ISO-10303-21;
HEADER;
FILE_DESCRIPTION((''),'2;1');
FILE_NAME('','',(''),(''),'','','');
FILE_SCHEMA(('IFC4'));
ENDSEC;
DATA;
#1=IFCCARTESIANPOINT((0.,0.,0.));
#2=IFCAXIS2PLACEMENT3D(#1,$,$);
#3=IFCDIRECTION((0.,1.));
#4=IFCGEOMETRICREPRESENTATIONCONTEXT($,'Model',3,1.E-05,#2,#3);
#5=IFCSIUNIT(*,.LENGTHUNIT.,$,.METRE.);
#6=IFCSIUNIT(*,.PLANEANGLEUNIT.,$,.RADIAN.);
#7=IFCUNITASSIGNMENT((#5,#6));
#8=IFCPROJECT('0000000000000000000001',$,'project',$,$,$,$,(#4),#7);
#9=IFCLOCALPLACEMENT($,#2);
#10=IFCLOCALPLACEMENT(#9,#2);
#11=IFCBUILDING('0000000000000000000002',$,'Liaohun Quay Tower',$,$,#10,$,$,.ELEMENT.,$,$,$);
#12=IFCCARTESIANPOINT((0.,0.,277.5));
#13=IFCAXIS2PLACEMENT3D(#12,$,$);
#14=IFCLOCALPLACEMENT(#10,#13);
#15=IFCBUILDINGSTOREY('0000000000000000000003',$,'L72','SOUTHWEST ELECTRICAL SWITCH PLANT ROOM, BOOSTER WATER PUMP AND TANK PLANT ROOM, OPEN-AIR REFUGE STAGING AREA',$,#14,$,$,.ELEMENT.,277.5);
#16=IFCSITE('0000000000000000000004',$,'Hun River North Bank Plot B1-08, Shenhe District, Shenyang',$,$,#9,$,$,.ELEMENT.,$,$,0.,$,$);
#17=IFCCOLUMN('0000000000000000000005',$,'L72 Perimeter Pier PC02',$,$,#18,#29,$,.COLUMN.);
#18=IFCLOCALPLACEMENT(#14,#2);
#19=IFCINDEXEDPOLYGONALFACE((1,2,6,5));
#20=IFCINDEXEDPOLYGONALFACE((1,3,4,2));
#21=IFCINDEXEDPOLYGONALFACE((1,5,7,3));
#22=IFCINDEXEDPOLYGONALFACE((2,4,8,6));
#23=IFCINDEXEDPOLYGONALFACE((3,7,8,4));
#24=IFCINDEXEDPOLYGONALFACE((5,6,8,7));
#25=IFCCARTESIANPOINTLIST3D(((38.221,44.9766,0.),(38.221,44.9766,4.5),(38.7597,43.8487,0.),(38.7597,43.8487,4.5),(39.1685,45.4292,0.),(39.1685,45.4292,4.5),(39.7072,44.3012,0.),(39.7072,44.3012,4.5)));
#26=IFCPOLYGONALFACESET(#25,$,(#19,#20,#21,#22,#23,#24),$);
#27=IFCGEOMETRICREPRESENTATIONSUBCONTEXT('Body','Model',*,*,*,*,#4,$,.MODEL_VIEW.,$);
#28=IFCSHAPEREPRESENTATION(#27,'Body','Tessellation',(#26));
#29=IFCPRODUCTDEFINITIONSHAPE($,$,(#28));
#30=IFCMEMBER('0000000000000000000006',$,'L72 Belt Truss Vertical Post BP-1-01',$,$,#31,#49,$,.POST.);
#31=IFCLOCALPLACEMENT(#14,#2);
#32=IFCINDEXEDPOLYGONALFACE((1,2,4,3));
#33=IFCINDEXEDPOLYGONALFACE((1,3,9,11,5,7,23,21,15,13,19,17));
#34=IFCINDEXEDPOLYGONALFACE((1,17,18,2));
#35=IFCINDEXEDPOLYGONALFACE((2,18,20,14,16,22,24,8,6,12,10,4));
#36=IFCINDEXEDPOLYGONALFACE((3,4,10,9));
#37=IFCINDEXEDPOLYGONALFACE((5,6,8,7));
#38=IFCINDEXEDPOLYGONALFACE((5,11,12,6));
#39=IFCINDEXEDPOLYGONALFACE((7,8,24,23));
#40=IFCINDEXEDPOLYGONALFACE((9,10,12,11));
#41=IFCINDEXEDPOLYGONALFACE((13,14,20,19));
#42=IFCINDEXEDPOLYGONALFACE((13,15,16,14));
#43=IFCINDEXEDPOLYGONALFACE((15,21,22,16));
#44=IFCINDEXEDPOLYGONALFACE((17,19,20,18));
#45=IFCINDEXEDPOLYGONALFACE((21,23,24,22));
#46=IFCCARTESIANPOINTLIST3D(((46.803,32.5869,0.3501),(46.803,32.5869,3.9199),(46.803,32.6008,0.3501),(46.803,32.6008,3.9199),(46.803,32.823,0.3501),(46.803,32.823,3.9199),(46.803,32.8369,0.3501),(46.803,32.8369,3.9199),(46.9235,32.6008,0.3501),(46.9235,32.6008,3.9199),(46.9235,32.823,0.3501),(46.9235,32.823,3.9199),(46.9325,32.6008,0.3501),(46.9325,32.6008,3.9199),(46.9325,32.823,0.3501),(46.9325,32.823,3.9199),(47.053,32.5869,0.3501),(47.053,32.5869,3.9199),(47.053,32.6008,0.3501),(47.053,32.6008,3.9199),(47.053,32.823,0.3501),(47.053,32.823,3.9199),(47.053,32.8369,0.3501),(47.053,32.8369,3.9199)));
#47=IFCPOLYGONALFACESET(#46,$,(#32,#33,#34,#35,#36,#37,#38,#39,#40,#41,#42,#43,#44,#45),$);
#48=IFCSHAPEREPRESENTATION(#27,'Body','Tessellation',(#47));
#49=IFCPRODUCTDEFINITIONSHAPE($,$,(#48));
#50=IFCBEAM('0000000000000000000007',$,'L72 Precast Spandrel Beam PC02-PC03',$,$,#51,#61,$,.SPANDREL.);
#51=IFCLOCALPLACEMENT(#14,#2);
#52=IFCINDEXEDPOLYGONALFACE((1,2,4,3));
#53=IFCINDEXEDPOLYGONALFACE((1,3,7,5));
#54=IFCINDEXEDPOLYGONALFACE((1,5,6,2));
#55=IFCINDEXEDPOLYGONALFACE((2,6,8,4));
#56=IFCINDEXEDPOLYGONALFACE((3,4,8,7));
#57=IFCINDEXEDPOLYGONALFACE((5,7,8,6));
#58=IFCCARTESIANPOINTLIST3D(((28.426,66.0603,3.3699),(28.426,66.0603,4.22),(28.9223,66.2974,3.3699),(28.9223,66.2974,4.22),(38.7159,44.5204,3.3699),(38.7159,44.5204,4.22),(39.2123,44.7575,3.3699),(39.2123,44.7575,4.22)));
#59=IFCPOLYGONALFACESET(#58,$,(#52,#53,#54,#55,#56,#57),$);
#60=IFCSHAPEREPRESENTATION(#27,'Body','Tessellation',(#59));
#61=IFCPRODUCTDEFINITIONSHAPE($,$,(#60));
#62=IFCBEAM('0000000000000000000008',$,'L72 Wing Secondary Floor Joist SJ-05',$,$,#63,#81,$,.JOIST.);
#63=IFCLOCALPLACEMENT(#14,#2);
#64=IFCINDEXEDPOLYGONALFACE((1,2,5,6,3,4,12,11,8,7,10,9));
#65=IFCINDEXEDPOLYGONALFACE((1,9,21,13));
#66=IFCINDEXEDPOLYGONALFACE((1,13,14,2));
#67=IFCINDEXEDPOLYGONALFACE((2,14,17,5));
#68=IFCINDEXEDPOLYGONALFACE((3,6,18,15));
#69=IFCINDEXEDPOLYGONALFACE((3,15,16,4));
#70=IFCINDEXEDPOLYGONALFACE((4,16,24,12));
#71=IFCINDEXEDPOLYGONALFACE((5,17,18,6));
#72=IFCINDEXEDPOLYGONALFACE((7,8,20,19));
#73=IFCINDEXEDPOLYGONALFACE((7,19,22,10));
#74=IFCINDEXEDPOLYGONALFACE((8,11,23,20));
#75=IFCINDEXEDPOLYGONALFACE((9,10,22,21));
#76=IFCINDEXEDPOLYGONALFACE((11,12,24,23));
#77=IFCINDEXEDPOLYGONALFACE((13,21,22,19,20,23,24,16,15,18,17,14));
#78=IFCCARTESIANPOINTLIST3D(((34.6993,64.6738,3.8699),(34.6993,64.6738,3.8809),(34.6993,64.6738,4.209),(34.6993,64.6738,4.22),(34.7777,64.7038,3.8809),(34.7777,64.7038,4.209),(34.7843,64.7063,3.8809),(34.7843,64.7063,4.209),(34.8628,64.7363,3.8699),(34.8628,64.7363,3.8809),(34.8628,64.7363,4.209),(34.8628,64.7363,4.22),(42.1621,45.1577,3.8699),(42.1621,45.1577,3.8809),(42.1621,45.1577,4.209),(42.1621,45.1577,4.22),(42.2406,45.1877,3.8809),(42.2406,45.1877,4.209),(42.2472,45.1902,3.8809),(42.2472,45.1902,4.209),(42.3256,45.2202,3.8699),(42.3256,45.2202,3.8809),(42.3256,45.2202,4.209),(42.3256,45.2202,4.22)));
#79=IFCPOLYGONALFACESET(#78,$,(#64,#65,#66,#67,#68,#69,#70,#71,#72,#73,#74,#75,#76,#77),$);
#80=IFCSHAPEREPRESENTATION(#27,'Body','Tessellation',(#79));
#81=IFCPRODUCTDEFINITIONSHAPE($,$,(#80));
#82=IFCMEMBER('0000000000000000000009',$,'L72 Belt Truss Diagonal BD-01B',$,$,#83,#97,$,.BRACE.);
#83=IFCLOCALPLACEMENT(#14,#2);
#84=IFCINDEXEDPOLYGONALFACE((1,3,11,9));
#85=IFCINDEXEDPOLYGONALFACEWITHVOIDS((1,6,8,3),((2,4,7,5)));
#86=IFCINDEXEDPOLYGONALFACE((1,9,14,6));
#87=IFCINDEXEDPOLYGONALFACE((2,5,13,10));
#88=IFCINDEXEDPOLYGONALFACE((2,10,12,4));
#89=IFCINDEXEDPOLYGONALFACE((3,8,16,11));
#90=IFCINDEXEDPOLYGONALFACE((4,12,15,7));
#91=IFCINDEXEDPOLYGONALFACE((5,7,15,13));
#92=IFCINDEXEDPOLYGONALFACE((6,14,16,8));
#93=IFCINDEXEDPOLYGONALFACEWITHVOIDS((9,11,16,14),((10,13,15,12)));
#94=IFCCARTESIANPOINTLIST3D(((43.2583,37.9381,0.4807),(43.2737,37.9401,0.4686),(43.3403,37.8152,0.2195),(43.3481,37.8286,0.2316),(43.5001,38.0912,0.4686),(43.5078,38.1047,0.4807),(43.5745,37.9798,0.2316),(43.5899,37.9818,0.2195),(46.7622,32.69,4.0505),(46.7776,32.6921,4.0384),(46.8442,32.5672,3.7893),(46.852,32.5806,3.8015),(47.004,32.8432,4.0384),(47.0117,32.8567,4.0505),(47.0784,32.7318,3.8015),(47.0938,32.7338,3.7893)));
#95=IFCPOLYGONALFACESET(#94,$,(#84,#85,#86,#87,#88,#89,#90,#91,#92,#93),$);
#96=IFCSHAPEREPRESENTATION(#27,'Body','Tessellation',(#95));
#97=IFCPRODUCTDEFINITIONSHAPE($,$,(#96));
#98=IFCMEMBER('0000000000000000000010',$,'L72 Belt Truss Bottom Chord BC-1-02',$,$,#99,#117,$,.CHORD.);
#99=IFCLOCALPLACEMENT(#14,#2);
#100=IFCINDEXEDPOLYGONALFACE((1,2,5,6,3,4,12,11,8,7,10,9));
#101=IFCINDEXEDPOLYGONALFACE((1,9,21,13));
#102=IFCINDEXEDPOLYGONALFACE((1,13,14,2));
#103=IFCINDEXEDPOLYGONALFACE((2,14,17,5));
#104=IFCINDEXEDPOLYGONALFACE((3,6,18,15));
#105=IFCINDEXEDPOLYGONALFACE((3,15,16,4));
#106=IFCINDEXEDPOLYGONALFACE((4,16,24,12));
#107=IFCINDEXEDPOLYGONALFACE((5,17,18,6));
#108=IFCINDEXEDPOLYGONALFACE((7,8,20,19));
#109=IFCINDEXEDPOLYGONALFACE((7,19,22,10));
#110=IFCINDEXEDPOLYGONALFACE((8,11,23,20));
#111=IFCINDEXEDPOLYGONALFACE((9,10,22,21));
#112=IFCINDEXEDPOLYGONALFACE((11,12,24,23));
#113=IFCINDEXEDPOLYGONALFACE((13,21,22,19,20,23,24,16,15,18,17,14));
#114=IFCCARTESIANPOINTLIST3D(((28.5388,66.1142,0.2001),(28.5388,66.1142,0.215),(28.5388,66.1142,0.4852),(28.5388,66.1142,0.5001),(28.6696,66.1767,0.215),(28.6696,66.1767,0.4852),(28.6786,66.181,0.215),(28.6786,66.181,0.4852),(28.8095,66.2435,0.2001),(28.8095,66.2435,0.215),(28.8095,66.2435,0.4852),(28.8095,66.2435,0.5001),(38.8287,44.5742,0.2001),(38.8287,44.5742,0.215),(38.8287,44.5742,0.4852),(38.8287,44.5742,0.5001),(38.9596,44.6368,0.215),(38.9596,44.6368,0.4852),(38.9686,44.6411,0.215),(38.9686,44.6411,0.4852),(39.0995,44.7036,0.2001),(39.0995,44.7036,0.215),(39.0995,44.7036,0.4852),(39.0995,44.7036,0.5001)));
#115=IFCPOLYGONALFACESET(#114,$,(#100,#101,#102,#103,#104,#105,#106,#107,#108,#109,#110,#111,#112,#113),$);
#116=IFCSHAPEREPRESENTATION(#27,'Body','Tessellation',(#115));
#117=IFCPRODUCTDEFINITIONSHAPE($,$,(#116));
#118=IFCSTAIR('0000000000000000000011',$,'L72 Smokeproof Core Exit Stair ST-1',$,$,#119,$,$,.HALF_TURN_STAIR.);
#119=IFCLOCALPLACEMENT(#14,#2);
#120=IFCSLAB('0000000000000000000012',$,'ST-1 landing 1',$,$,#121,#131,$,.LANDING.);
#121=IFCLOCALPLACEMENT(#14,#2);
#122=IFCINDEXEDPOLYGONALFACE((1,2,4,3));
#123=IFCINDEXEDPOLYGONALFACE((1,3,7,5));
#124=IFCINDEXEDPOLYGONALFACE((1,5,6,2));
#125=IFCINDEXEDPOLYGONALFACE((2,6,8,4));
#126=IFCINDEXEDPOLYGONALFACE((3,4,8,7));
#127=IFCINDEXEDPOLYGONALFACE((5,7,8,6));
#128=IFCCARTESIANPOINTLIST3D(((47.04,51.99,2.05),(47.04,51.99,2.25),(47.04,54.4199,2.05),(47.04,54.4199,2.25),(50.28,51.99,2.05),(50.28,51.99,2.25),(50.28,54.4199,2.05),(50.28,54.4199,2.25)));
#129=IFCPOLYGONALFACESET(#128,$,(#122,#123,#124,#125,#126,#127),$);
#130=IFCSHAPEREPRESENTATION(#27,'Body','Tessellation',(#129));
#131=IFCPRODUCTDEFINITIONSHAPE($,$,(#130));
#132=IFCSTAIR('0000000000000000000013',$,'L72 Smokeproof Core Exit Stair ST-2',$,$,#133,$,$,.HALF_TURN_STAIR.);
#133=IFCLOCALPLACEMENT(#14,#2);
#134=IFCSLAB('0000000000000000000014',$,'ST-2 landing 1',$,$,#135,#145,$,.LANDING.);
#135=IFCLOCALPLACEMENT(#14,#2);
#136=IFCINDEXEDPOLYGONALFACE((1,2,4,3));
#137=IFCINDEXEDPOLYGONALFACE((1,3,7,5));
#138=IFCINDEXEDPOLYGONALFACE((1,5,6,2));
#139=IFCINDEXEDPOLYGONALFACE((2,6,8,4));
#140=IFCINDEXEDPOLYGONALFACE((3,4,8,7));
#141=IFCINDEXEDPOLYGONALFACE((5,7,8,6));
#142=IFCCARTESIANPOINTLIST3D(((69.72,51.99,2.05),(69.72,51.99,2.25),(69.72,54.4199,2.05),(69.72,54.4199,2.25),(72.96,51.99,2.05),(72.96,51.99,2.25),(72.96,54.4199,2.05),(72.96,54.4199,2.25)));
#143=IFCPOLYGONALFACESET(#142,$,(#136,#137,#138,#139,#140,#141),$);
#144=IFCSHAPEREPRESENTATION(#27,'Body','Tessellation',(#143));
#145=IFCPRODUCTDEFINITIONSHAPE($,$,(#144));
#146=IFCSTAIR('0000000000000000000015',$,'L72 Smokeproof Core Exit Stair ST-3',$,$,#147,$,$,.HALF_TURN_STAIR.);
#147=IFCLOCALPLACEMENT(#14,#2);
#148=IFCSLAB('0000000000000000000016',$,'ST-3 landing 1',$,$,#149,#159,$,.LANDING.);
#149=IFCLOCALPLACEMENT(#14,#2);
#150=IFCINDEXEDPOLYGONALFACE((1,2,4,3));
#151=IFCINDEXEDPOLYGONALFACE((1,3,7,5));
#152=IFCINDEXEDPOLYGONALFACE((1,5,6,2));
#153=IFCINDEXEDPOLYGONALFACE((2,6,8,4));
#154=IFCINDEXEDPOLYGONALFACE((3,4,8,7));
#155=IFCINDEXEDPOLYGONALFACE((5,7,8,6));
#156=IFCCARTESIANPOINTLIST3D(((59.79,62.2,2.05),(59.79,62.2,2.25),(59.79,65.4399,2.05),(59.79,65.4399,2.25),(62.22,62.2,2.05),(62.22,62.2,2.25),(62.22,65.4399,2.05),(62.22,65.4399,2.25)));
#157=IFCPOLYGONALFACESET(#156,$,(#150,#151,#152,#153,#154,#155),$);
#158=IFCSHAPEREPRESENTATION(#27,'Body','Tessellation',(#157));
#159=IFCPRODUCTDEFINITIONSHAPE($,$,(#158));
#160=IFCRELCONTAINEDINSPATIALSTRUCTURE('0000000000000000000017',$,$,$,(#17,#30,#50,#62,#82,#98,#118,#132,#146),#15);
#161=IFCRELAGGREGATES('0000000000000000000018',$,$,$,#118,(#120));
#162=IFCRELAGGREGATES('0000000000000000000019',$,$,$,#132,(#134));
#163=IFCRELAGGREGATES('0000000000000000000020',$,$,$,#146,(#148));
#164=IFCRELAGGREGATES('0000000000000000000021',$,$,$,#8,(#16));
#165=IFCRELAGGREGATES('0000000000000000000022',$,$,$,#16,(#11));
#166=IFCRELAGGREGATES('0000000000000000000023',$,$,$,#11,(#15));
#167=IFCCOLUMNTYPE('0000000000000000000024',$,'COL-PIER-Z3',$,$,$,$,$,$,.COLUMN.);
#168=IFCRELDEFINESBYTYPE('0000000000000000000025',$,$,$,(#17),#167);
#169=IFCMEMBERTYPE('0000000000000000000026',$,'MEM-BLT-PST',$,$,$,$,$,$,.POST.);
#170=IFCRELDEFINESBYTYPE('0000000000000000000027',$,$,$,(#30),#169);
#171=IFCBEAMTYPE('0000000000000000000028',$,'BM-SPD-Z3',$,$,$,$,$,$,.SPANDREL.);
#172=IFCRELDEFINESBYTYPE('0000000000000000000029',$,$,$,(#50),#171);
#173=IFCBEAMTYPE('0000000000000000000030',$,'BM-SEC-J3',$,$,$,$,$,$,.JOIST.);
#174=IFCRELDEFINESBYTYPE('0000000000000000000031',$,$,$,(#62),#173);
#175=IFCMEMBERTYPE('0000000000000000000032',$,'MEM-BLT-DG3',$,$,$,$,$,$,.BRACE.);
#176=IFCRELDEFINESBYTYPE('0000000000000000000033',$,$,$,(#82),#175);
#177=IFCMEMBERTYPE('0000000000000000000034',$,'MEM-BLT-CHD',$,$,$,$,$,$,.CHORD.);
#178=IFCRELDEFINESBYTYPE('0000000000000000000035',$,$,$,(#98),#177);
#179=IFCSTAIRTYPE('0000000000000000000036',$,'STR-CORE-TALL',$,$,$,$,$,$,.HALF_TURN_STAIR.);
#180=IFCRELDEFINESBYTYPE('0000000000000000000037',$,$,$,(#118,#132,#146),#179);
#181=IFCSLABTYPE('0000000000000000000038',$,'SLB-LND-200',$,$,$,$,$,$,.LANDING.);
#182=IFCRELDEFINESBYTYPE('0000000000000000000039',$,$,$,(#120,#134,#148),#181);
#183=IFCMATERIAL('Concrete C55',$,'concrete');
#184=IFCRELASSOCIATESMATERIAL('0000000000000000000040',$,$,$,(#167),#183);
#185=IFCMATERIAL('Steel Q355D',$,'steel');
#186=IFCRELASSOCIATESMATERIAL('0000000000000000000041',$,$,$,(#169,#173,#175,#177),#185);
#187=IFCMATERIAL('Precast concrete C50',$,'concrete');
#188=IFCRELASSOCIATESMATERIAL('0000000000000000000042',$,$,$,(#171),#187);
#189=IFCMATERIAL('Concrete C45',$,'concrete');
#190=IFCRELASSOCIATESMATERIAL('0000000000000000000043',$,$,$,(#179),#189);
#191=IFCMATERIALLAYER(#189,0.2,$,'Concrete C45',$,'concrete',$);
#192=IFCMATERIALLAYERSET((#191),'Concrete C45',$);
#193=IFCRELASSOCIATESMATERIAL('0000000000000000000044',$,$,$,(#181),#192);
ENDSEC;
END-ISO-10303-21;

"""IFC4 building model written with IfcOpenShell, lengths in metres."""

from ifc_helpers import new_model, si_unit, direction, frame, origin, origin_2d, place, context, subcontext, project, spatial, polyline, rectangle, hollow_rectangle, i_section, outline, extrude, source, transform, mapped, material, layer, layer_set, material_profile, profile_set, type_object, element, aggregate, save


model = new_model("IFC4")

# Units and contexts
model_context = context("Model", 3, precision=1e-05, world=origin(), true_north=direction((0.0, 1.0)))
body_context = subcontext(model_context, "Body", "Model", "MODEL_VIEW")
ifc_project = project(units=[si_unit("LENGTHUNIT", "METRE"), si_unit("PLANEANGLEUNIT", "RADIAN")], contexts=[model_context])

# Site, building, storey
site_placement = place(None, origin())
site = spatial("IfcSite", under=ifc_project, at=site_placement, Name="Hun River North Bank Plot B1-08, Shenhe District, Shenyang", CompositionType="ELEMENT", RefElevation=0.0)
building_placement = place(site_placement, origin())
building = spatial("IfcBuilding", under=site, at=building_placement, Name="Liaohun Quay Tower", CompositionType="ELEMENT")
storey_placement = place(building_placement, frame((0.0, 0.0, 277.5)))
storey = spatial("IfcBuildingStorey", under=building, at=storey_placement, Name="L72", Description="SOUTHWEST ELECTRICAL SWITCH PLANT ROOM, BOOSTER WATER PUMP AND TANK PLANT ROOM, OPEN-AIR REFUGE STAGING AREA", CompositionType="ELEMENT", Elevation=277.5)

# Column
ifc_material_1 = material(Name="Concrete C55", Category="concrete")
ifc_material_profile_1 = material_profile(ifc_material_1, rectangle(XDim=1.25, YDim=1.05, at=origin_2d()), Name="RC1250x1050")
ifc_profile_set_1 = profile_set([ifc_material_profile_1], Name="Concrete C55")
column_type = type_object("IfcColumnType", Name="COL-PIER-Z3", PredefinedType="COLUMN", material=ifc_profile_set_1)
shared_shape_1 = source(origin(), body_context, "Body", "SweptSolid", [
    extrude(rectangle(XDim=1.25, YDim=1.05, at=origin_2d()), origin(), (0.0, 0.0, 1.0), 4.5),
])
column_placement = place(storey_placement, frame((38.9641, 44.6389, 0.0), z_axis=(0.0, 0.0, 1.0), x_axis=(-0.430984, 0.90236, 0.0)))
element("IfcColumn", 1, at=column_placement, inside=storey, type_object=column_type, Name="L72 Perimeter Pier PC02", PredefinedType="COLUMN", context=body_context, shape_type="MappedRepresentation", body=[
    mapped(shared_shape_1, transform((0.0, 0.0, 0.0), x_axis=(1.0, 0.0, 0.0), y_axis=(0.0, 1.0, 0.0), z_axis=(0.0, 0.0, 1.0), scale=1.0)),
])

# Member
ifc_material_2 = material(Name="Steel Q355D", Category="steel")
ifc_material_profile_2 = material_profile(ifc_material_2, i_section(OverallWidth=0.25, OverallDepth=0.25, WebThickness=0.009, FlangeThickness=0.0139, at=origin_2d()), Name="HW250x250x9x14")
ifc_profile_set_2 = profile_set([ifc_material_profile_2], Name="Steel Q355D")
member_type_1 = type_object("IfcMemberType", Name="MEM-BLT-PST", PredefinedType="POST", material=ifc_profile_set_2)
shared_shape_2 = source(origin(), body_context, "Body", "SweptSolid", [
    extrude(i_section(OverallWidth=0.25, OverallDepth=0.25, WebThickness=0.009, FlangeThickness=0.0139, at=origin_2d()), origin(), (0.0, 0.0, 1.0), 3.5698),
])
member_1_placement = place(storey_placement, frame((46.928, 32.7119, 0.3501), z_axis=(0.0, 0.0, 1.0), x_axis=(1.0, 0.0, 0.0)))
element("IfcMember", 2, at=member_1_placement, inside=storey, type_object=member_type_1, Name="L72 Belt Truss Vertical Post BP-1-01", PredefinedType="POST", context=body_context, shape_type="MappedRepresentation", body=[
    mapped(shared_shape_2, transform((0.0, 0.0, 0.0), x_axis=(1.0, 0.0, 0.0), y_axis=(0.0, 1.0, 0.0), z_axis=(0.0, 0.0, 1.0), scale=1.0)),
])

# Beams
ifc_material_3 = material(Name="Precast concrete C50", Category="concrete")
ifc_material_profile_3 = material_profile(ifc_material_3, rectangle(XDim=0.55, YDim=0.8501, at=origin_2d()), Name="RC550x850")
ifc_profile_set_3 = profile_set([ifc_material_profile_3], Name="Precast concrete C50")
beam_type_1 = type_object("IfcBeamType", Name="BM-SPD-Z3", PredefinedType="SPANDREL", material=ifc_profile_set_3)
shared_shape_3 = source(origin(), body_context, "Body", "SweptSolid", [
    extrude(rectangle(XDim=0.55, YDim=0.8501, at=origin_2d()), origin(), (0.0, 0.0, 1.0), 23.8716),
])
beam_1_placement = place(storey_placement, frame((38.9641, 44.6389, 3.7949), z_axis=(-0.431056, 0.902325, 0.0), x_axis=(-0.902325, -0.431056, 0.0)))
element("IfcBeam", 3, at=beam_1_placement, inside=storey, type_object=beam_type_1, Name="L72 Precast Spandrel Beam PC02-PC03", PredefinedType="SPANDREL", context=body_context, shape_type="MappedRepresentation", body=[
    mapped(shared_shape_3, transform((0.0, 0.0, 0.0), x_axis=(1.0, 0.0, 0.0), y_axis=(0.0, 1.0, 0.0), z_axis=(0.0, 0.0, 1.0), scale=1.0)),
])
ifc_material_profile_4 = material_profile(ifc_material_2, i_section(OverallWidth=0.175, OverallDepth=0.3501, WebThickness=0.0071, FlangeThickness=0.011, at=origin_2d()), Name="HN350x175x7x11")
ifc_profile_set_4 = profile_set([ifc_material_profile_4], Name="Steel Q355D")
beam_type_2 = type_object("IfcBeamType", Name="BM-SEC-J3", PredefinedType="JOIST", material=ifc_profile_set_4)
shared_shape_4 = source(origin(), body_context, "Body", "SweptSolid", [
    extrude(i_section(OverallWidth=0.175, OverallDepth=0.3501, WebThickness=0.0071, FlangeThickness=0.011, at=origin_2d()), origin(), (0.0, 0.0, 1.0), 20.8943),
])
beam_2_placement = place(storey_placement, frame((42.2439, 45.189, 4.0449), z_axis=(-0.357173, 0.934038, 0.0), x_axis=(-0.934038, -0.357173, 0.0)))
element("IfcBeam", 4, at=beam_2_placement, inside=storey, type_object=beam_type_2, Name="L72 Wing Secondary Floor Joist SJ-05", PredefinedType="JOIST", context=body_context, shape_type="MappedRepresentation", body=[
    mapped(shared_shape_4, transform((0.0, 0.0, 0.0), x_axis=(1.0, 0.0, 0.0), y_axis=(0.0, 1.0, 0.0), z_axis=(0.0, 0.0, 1.0), scale=1.0)),
])

# Members
ifc_material_profile_5 = material_profile(ifc_material_2, hollow_rectangle(XDim=0.3, YDim=0.3, WallThickness=0.0139, at=origin_2d()), Name="SHS300x300x14")
ifc_profile_set_5 = profile_set([ifc_material_profile_5], Name="Steel Q355D")
member_type_2 = type_object("IfcMemberType", Name="MEM-BLT-DG3", PredefinedType="BRACE", material=ifc_profile_set_5)
shared_shape_5 = source(origin(), body_context, "Body", "SweptSolid", [
    extrude(hollow_rectangle(XDim=0.3, YDim=0.3, WallThickness=0.0139, at=origin_2d()), origin(), (0.0, 0.0, 1.0), 7.25),
])
member_2_placement = place(storey_placement, frame((46.928, 32.7119, 3.9199), z_axis=(-0.483295, 0.723865, -0.492387), x_axis=(-0.831669, -0.555271, 0.0)))
element("IfcMember", 5, at=member_2_placement, inside=storey, type_object=member_type_2, Name="L72 Belt Truss Diagonal BD-01B", PredefinedType="BRACE", context=body_context, shape_type="MappedRepresentation", body=[
    mapped(shared_shape_5, transform((0.0, 0.0, 0.0), x_axis=(1.0, 0.0, 0.0), y_axis=(0.0, 1.0, 0.0), z_axis=(0.0, 0.0, 1.0), scale=1.0)),
])
ifc_material_profile_6 = material_profile(ifc_material_2, i_section(OverallWidth=0.3, OverallDepth=0.3, WebThickness=0.01, FlangeThickness=0.0149, at=origin_2d()), Name="HW300x300x10x15")
ifc_profile_set_6 = profile_set([ifc_material_profile_6], Name="Steel Q355D")
member_type_3 = type_object("IfcMemberType", Name="MEM-BLT-CHD", PredefinedType="CHORD", material=ifc_profile_set_6)
shared_shape_6 = source(origin(), body_context, "Body", "SweptSolid", [
    extrude(i_section(OverallWidth=0.3, OverallDepth=0.3, WebThickness=0.01, FlangeThickness=0.0149, at=origin_2d()), origin(), (0.0, 0.0, 1.0), 23.8716),
])
member_3_placement = place(storey_placement, frame((38.9641, 44.6389, 0.3501), z_axis=(-0.431056, 0.902325, 0.0), x_axis=(-0.902325, -0.431056, 0.0)))
element("IfcMember", 6, at=member_3_placement, inside=storey, type_object=member_type_3, Name="L72 Belt Truss Bottom Chord BC-1-02", PredefinedType="CHORD", context=body_context, shape_type="MappedRepresentation", body=[
    mapped(shared_shape_6, transform((0.0, 0.0, 0.0), x_axis=(1.0, 0.0, 0.0), y_axis=(0.0, 1.0, 0.0), z_axis=(0.0, 0.0, 1.0), scale=1.0)),
])

# Stairs, slabs
ifc_material_4 = material(Name="Concrete C45", Category="concrete")
stair_type = type_object("IfcStairType", Name="STR-CORE-TALL", PredefinedType="HALF_TURN_STAIR", material=ifc_material_4)
stair_1_placement = place(storey_placement, origin())
stair_1 = element("IfcStair", 7, at=stair_1_placement, inside=storey, type_object=stair_type, Name="L72 Smokeproof Core Exit Stair ST-1", PredefinedType="HALF_TURN_STAIR")
ifc_layer_1 = layer(ifc_material_4, 0.2, Name="Concrete C45", Category="concrete")
ifc_layer_set_1 = layer_set([ifc_layer_1], Name="Concrete C45")
slab_type_1 = type_object("IfcSlabType", Name="SLB-LND-200", PredefinedType="LANDING", material=ifc_layer_set_1)
slab_1_placement = place(storey_placement, frame((0.0, 0.0, 2.05)))
slab_1 = element("IfcSlab", 8, at=slab_1_placement, type_object=slab_type_1, Name="ST-1 landing 1", PredefinedType="LANDING", context=body_context, shape_type="SweptSolid", body=[
    extrude(outline(polyline([(50.28, 51.99), (50.28, 54.4199), (47.04, 54.4199), (47.04, 51.99), (50.28, 51.99)])), origin(), (0.0, 0.0, 1.0), 0.2),
])
aggregate(stair_1, [slab_1])
stair_2_placement = place(storey_placement, origin())
stair_2 = element("IfcStair", 9, at=stair_2_placement, inside=storey, type_object=stair_type, Name="L72 Smokeproof Core Exit Stair ST-2", PredefinedType="HALF_TURN_STAIR")
slab_2_placement = place(storey_placement, frame((0.0, 0.0, 2.05)))
slab_2 = element("IfcSlab", 10, at=slab_2_placement, type_object=slab_type_1, Name="ST-2 landing 1", PredefinedType="LANDING", context=body_context, shape_type="SweptSolid", body=[
    extrude(outline(polyline([(72.96, 51.99), (72.96, 54.4199), (69.72, 54.4199), (69.72, 51.99), (72.96, 51.99)])), origin(), (0.0, 0.0, 1.0), 0.2),
])
aggregate(stair_2, [slab_2])
stair_3_placement = place(storey_placement, origin())
stair_3 = element("IfcStair", 11, at=stair_3_placement, inside=storey, type_object=stair_type, Name="L72 Smokeproof Core Exit Stair ST-3", PredefinedType="HALF_TURN_STAIR")
slab_3_placement = place(storey_placement, frame((0.0, 0.0, 2.05)))
slab_3 = element("IfcSlab", 12, at=slab_3_placement, type_object=slab_type_1, Name="ST-3 landing 1", PredefinedType="LANDING", context=body_context, shape_type="SweptSolid", body=[
    extrude(outline(polyline([(59.79, 62.2), (62.22, 62.2), (62.22, 65.4399), (59.79, 65.4399), (59.79, 62.2)])), origin(), (0.0, 0.0, 1.0), 0.2),
])
aggregate(stair_3, [slab_3])

save(model, "model.ifc")
